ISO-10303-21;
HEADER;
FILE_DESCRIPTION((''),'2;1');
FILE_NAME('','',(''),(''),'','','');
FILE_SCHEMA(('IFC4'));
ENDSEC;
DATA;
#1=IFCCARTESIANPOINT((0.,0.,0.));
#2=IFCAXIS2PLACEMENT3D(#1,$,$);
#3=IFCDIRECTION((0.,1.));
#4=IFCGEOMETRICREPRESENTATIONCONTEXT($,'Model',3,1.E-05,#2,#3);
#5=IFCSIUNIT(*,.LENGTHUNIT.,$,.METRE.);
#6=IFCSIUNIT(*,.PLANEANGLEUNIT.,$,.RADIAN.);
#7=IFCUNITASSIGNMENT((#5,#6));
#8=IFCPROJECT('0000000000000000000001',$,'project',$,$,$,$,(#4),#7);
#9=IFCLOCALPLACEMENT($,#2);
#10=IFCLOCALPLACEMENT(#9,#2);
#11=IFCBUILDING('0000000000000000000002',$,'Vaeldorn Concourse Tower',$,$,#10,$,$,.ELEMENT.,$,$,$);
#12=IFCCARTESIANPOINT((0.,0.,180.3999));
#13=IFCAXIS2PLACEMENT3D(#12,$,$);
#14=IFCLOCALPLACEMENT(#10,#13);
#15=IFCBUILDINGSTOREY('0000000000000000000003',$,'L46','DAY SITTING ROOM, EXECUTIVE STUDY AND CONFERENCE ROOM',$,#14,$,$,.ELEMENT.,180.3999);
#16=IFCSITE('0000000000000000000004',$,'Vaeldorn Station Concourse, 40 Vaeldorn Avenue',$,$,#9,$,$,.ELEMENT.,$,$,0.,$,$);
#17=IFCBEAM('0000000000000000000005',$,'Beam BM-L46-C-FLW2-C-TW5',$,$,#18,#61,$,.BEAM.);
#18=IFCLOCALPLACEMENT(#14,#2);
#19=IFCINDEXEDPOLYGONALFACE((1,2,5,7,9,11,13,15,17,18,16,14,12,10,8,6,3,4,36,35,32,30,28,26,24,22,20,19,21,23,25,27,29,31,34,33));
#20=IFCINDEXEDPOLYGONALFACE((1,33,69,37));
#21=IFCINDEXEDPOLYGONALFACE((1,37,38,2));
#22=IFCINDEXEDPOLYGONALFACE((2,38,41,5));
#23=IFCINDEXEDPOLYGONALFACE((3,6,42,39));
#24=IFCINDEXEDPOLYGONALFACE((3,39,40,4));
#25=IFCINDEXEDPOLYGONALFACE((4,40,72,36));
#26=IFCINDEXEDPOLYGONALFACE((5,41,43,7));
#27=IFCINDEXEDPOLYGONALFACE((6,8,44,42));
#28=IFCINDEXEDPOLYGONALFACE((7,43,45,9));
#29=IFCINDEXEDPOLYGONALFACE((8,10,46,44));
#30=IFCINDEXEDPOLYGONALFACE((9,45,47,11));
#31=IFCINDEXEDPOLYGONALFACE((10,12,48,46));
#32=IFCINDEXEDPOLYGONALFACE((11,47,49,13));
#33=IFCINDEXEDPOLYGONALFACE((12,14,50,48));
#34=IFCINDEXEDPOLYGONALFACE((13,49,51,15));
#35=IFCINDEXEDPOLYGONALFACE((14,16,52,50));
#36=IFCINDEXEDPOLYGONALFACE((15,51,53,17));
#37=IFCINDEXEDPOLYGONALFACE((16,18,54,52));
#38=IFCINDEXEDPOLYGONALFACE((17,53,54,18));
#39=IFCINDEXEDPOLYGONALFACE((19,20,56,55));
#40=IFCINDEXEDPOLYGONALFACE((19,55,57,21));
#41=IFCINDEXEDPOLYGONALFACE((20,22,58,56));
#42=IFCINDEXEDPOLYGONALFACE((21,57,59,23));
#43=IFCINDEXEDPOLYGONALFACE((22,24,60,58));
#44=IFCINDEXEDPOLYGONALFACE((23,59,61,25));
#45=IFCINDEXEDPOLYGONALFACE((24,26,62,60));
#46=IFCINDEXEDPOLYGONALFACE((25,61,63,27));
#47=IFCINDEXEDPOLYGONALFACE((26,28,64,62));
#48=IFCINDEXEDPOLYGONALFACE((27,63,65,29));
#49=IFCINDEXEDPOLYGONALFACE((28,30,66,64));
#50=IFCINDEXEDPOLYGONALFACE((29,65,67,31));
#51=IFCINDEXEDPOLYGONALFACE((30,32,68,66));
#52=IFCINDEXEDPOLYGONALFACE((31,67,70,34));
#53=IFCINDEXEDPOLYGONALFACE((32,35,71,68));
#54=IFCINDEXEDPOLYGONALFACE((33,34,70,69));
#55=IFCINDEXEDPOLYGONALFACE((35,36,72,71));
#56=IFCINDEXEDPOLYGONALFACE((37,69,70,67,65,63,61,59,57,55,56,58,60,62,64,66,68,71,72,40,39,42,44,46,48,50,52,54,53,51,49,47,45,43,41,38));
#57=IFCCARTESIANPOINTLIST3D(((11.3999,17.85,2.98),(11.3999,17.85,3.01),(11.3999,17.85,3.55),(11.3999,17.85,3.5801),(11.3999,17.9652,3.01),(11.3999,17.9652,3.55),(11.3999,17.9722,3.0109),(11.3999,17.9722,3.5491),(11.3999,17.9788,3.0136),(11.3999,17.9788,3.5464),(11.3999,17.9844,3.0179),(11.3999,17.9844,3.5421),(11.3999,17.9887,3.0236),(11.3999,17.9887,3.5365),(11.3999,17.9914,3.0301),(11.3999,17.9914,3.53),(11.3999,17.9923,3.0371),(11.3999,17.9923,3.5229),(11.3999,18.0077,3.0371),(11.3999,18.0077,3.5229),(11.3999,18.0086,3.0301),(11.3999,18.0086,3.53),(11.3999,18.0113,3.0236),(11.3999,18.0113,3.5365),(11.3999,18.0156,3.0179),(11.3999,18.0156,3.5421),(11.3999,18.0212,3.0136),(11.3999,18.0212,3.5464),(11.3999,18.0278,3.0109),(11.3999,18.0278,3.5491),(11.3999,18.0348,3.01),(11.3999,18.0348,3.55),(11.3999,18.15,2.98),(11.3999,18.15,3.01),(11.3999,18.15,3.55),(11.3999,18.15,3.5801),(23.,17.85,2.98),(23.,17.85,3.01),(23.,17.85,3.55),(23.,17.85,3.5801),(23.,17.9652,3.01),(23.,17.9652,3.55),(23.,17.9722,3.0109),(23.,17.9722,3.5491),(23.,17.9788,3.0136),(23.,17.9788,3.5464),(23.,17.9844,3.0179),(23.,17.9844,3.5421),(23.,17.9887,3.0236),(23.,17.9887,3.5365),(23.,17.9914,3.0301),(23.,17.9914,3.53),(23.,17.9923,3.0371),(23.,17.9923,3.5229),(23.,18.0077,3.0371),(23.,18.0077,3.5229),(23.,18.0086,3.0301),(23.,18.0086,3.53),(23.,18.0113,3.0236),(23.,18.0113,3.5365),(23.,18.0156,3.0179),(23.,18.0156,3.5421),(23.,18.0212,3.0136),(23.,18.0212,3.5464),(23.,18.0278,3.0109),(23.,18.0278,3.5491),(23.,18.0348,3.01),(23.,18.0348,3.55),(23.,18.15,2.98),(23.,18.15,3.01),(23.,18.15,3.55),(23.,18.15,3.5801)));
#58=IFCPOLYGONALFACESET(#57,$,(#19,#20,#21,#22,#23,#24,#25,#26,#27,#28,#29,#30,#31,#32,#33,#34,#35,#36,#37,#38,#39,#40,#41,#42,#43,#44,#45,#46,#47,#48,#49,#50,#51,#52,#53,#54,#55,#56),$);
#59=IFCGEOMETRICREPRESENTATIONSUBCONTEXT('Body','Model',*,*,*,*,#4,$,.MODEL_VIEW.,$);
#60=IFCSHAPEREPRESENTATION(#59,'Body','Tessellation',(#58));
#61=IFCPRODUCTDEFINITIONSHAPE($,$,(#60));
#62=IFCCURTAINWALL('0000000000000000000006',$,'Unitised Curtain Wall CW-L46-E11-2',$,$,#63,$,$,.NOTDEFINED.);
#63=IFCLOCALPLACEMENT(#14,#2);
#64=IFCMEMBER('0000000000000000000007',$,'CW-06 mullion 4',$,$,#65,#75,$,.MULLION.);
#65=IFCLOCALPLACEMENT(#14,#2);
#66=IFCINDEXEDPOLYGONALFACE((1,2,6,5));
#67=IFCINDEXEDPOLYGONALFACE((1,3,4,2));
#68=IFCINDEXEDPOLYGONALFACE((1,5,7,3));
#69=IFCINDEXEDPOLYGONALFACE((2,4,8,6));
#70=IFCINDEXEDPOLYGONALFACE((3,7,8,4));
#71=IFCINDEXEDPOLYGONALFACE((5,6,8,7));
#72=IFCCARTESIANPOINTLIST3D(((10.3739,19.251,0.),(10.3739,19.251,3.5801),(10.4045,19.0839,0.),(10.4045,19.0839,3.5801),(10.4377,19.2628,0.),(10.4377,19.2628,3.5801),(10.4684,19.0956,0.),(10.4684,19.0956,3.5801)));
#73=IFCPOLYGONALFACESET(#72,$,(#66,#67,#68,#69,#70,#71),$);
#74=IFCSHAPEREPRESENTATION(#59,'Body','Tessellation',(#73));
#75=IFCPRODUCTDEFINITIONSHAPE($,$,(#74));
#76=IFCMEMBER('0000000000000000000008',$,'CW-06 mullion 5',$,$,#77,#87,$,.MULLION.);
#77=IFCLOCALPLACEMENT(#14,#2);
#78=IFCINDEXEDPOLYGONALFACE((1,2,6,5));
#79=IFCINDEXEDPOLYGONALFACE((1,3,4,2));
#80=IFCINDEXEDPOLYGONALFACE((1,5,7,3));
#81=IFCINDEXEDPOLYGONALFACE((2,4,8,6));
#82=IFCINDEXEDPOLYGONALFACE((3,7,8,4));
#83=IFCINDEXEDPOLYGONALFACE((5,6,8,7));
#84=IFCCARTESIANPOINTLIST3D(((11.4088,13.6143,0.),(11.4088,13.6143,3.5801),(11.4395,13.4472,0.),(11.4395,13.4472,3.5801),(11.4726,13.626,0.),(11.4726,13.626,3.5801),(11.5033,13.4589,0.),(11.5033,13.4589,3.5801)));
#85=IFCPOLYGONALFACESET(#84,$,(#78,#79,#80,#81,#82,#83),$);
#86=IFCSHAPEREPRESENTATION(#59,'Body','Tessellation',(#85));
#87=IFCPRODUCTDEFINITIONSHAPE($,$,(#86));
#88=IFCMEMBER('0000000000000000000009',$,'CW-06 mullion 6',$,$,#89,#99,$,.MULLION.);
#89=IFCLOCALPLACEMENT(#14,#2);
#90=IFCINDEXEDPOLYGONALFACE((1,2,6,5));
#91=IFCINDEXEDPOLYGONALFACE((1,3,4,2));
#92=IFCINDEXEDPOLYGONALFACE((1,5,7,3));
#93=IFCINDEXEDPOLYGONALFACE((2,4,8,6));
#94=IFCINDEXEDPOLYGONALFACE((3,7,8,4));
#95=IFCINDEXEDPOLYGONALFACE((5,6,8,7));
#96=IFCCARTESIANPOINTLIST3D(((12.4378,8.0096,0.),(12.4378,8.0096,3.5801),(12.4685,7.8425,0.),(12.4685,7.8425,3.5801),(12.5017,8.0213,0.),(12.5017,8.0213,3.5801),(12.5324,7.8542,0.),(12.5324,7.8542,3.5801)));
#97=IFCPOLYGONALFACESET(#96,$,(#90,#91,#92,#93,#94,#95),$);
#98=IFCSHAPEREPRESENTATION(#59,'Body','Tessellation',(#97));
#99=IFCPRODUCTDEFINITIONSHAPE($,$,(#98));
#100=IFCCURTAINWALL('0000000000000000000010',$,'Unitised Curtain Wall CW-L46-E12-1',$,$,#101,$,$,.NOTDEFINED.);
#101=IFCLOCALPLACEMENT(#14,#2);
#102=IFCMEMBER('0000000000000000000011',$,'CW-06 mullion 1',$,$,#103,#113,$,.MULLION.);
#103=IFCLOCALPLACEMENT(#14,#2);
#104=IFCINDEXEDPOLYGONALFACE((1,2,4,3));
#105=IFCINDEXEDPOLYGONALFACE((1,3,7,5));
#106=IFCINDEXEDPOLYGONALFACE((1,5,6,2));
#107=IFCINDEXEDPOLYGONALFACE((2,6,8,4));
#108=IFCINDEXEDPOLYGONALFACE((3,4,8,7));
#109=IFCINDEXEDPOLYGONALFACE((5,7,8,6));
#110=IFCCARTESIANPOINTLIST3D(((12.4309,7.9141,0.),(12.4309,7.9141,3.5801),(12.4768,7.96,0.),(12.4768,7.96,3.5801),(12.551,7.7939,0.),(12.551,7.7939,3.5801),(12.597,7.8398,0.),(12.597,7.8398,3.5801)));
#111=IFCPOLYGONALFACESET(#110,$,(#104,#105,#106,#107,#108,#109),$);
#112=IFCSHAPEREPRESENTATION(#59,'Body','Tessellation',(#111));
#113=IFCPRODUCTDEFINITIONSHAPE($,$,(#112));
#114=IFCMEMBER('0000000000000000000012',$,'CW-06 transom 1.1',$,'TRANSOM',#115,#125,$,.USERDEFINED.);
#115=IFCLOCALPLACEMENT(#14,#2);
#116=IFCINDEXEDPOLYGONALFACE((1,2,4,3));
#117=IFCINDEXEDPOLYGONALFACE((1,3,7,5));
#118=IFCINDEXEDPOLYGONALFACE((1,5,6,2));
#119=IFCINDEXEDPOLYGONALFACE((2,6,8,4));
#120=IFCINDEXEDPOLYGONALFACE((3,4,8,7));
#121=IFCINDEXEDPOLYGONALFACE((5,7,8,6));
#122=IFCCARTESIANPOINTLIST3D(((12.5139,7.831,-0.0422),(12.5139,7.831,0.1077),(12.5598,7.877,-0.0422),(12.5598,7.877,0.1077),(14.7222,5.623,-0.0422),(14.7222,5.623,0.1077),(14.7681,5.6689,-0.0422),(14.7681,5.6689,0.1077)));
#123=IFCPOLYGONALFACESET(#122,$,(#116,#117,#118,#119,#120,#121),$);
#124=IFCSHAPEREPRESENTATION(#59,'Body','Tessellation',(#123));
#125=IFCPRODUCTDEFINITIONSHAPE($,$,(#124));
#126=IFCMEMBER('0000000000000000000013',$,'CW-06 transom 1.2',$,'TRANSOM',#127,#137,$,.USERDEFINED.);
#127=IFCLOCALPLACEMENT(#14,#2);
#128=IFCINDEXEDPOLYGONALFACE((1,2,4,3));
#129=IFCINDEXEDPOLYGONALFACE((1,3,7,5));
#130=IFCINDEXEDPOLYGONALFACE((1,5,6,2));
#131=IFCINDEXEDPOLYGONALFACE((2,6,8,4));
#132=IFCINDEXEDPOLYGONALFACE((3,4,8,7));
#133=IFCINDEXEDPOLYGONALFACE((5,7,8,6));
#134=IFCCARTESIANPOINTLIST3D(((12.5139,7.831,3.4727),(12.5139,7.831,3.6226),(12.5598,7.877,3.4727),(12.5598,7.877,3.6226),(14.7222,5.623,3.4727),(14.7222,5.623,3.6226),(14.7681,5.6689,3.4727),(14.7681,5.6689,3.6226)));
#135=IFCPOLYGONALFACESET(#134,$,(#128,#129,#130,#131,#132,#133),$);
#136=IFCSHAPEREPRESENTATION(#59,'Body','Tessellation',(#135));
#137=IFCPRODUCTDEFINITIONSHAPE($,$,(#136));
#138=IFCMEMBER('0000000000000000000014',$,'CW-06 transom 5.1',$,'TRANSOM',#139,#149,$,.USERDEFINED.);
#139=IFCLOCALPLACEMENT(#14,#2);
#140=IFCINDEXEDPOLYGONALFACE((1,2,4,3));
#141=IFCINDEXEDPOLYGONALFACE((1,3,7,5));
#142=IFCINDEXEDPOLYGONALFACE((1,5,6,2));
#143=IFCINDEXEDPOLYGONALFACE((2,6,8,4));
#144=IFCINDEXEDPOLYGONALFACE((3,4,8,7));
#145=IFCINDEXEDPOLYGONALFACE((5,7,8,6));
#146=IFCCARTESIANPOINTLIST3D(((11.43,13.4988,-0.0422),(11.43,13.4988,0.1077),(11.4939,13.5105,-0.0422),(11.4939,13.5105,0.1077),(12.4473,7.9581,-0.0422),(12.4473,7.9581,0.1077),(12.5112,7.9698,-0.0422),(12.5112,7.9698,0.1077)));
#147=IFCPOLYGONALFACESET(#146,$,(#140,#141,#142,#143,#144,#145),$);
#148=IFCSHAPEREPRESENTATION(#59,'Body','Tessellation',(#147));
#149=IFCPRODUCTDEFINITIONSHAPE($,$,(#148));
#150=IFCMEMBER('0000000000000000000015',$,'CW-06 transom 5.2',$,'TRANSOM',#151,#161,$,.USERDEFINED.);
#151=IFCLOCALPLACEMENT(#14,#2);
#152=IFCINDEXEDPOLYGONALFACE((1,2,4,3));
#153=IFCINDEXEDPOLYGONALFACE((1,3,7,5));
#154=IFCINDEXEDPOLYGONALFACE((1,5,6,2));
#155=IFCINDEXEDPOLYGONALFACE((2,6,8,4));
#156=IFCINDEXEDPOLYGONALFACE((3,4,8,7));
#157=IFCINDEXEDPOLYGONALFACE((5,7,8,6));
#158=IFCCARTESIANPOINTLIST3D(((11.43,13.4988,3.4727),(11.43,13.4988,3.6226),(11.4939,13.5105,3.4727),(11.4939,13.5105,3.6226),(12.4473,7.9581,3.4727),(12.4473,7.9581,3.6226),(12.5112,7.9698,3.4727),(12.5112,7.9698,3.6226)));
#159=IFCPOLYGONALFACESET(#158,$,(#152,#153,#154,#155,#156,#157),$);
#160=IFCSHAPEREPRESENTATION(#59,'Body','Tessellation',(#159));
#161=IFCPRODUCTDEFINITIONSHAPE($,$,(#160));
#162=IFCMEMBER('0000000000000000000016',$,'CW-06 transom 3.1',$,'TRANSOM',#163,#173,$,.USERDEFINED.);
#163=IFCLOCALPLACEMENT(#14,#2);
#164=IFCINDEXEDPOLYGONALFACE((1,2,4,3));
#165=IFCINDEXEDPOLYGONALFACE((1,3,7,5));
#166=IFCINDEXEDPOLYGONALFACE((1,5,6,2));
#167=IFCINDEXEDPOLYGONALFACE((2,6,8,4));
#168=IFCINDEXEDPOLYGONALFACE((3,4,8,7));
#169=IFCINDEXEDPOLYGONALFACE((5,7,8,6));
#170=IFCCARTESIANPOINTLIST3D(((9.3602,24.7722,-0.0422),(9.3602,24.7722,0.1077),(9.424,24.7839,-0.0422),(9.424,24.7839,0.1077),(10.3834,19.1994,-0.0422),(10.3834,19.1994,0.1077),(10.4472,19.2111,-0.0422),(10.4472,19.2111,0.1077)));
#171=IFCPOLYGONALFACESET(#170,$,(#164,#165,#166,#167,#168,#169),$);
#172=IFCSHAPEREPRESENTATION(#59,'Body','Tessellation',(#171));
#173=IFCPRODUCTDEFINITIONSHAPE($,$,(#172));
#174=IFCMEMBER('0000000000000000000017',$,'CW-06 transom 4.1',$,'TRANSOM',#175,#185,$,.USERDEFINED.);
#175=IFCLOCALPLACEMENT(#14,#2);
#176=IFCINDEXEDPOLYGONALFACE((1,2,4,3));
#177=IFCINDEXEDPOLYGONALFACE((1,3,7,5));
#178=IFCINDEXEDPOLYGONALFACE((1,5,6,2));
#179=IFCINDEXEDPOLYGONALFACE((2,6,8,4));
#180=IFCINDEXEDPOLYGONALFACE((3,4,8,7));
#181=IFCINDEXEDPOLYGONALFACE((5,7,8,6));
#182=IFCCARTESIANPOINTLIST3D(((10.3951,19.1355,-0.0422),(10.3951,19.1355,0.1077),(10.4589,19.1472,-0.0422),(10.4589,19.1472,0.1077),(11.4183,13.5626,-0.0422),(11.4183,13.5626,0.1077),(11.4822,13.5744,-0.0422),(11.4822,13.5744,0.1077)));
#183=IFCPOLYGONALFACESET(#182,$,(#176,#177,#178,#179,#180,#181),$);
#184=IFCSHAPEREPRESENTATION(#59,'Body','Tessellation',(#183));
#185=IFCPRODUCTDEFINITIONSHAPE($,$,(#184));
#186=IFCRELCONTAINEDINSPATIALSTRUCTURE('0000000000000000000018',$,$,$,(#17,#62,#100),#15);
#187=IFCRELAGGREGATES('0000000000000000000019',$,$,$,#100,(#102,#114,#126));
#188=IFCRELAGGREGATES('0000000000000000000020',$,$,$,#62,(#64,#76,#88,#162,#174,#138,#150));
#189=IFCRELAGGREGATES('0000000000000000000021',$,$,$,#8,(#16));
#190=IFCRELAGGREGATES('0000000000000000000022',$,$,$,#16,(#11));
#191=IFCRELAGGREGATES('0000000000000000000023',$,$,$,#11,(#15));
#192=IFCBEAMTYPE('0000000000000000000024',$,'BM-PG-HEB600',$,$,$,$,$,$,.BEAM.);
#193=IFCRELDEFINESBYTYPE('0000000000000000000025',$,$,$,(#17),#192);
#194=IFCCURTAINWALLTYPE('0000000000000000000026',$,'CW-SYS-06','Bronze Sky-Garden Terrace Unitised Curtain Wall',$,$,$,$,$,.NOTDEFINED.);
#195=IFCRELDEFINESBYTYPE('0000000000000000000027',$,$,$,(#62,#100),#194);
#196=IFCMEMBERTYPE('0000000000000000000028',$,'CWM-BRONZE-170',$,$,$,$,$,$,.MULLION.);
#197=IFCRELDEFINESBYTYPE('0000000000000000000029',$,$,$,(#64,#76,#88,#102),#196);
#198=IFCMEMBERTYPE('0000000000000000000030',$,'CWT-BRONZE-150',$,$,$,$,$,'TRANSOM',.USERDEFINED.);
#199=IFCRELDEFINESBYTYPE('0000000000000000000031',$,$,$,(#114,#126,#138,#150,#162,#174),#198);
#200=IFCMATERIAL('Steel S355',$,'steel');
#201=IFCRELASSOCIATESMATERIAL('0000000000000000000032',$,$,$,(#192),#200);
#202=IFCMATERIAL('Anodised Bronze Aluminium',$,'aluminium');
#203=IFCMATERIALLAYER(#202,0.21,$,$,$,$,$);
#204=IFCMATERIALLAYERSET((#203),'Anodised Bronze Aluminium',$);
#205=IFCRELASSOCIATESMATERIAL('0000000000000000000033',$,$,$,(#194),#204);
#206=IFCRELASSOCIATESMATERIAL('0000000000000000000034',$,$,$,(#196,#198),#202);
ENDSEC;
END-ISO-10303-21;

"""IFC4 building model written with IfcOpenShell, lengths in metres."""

from ifc_helpers import new_model, si_unit, direction, frame, origin, origin_2d, place, context, subcontext, project, spatial, rectangle, i_section, extrude, source, transform, mapped, material, layer, layer_set, material_profile, profile_set, type_object, element, aggregate, save


model = new_model("IFC4")

# Units and contexts
model_context = context("Model", 3, precision=1e-05, world=origin(), true_north=direction((0.0, 1.0)))
body_context = subcontext(model_context, "Body", "Model", "MODEL_VIEW")
ifc_project = project(units=[si_unit("LENGTHUNIT", "METRE"), si_unit("PLANEANGLEUNIT", "RADIAN")], contexts=[model_context])

# Site, building, storey
site_placement = place(None, origin())
site = spatial("IfcSite", under=ifc_project, at=site_placement, Name="Vaeldorn Station Concourse, 40 Vaeldorn Avenue", CompositionType="ELEMENT", RefElevation=0.0)
building_placement = place(site_placement, origin())
building = spatial("IfcBuilding", under=site, at=building_placement, Name="Vaeldorn Concourse Tower", CompositionType="ELEMENT")
storey_placement = place(building_placement, frame((0.0, 0.0, 180.3999)))
storey = spatial("IfcBuildingStorey", under=building, at=storey_placement, Name="L46", Description="DAY SITTING ROOM, EXECUTIVE STUDY AND CONFERENCE ROOM", CompositionType="ELEMENT", Elevation=180.3999)

# Shared definitions
ifc_material_1 = material(Name="Steel S355", Category="steel")

# Beam
ifc_material_profile_1 = material_profile(ifc_material_1, i_section(OverallWidth=0.3, OverallDepth=0.6001, WebThickness=0.0154, FlangeThickness=0.03, FilletRadius=0.0271, at=origin_2d()), Name="HEB 600")
ifc_profile_set_1 = profile_set([ifc_material_profile_1], Name="Steel S355")
beam_type_1 = type_object("IfcBeamType", Name="BM-PG-HEB600", PredefinedType="BEAM", material=ifc_profile_set_1)
shared_shape_1 = source(origin(), body_context, "Body", "SweptSolid", [
    extrude(i_section(OverallWidth=0.3, OverallDepth=0.6001, WebThickness=0.0154, FlangeThickness=0.03, FilletRadius=0.0271, at=origin_2d()), origin(), (0.0, 0.0, 1.0), 11.6001),
])
beam_1_placement = place(storey_placement, frame((11.3999, 18.0, 3.28), z_axis=(1.0, 0.0, 0.0), x_axis=(0.0, 1.0, 0.0)))
element("IfcBeam", 1, at=beam_1_placement, inside=storey, type_object=beam_type_1, Name="Beam BM-L46-C-FLW2-C-TW5", PredefinedType="BEAM", context=body_context, shape_type="MappedRepresentation", body=[
    mapped(shared_shape_1, transform((0.0, 0.0, 0.0), scale=1.0)),
])

# Curtain walls, members
ifc_material_2 = material(Name="Anodised Bronze Aluminium", Category="aluminium")
ifc_layer_1 = layer(ifc_material_2, 0.21)
ifc_layer_set_1 = layer_set([ifc_layer_1], Name="Anodised Bronze Aluminium")
curtain_wall_type = type_object("IfcCurtainWallType", Name="CW-SYS-06", Description="Bronze Sky-Garden Terrace Unitised Curtain Wall", PredefinedType="NOTDEFINED", material=ifc_layer_set_1)
curtain_wall_1_placement = place(storey_placement, origin())
curtain_wall_1 = element("IfcCurtainWall", 2, at=curtain_wall_1_placement, inside=storey, type_object=curtain_wall_type, Name="Unitised Curtain Wall CW-L46-E11-2", PredefinedType="NOTDEFINED")
ifc_material_profile_2 = material_profile(ifc_material_2, rectangle(XDim=0.0649, YDim=0.1699, at=origin_2d()), Name="CWM 65x170")
ifc_profile_set_2 = profile_set([ifc_material_profile_2], Name="Anodised Bronze Aluminium")
member_type_1 = type_object("IfcMemberType", Name="CWM-BRONZE-170", PredefinedType="MULLION", material=ifc_profile_set_2)
shared_shape_2 = source(origin(), body_context, "Body", "SweptSolid", [
    extrude(rectangle(XDim=0.0649, YDim=0.1699, at=origin_2d()), origin(), (0.0, 0.0, 1.0), 3.5801),
])
member_1_placement = place(storey_placement, frame((10.4211, 19.1733, 0.0), z_axis=(0.0, 0.0, 1.0), x_axis=(0.983559, 0.180585, 0.0)))
member_1 = element("IfcMember", 3, at=member_1_placement, type_object=member_type_1, Name="CW-06 mullion 4", PredefinedType="MULLION", context=body_context, shape_type="MappedRepresentation", body=[
    mapped(shared_shape_2, transform((0.0, 0.0, 0.0), scale=1.0)),
])
member_2_placement = place(storey_placement, frame((11.4561, 13.5366, 0.0), z_axis=(0.0, 0.0, 1.0), x_axis=(0.983559, 0.180585, 0.0)))
member_2 = element("IfcMember", 4, at=member_2_placement, type_object=member_type_1, Name="CW-06 mullion 5", PredefinedType="MULLION", context=body_context, shape_type="MappedRepresentation", body=[
    mapped(shared_shape_2, transform((0.0, 0.0, 0.0), scale=1.0)),
])
member_3_placement = place(storey_placement, frame((12.4851, 7.9319, 0.0), z_axis=(0.0, 0.0, 1.0), x_axis=(0.983559, 0.180585, 0.0)))
member_3 = element("IfcMember", 5, at=member_3_placement, type_object=member_type_1, Name="CW-06 mullion 6", PredefinedType="MULLION", context=body_context, shape_type="MappedRepresentation", body=[
    mapped(shared_shape_2, transform((0.0, 0.0, 0.0), scale=1.0)),
])
curtain_wall_2_placement = place(storey_placement, origin())
curtain_wall_2 = element("IfcCurtainWall", 6, at=curtain_wall_2_placement, inside=storey, type_object=curtain_wall_type, Name="Unitised Curtain Wall CW-L46-E12-1", PredefinedType="NOTDEFINED")
member_4_placement = place(storey_placement, frame((12.5139, 7.877, 0.0), z_axis=(0.0, 0.0, 1.0), x_axis=(0.707107, 0.707107, 0.0)))
member_4 = element("IfcMember", 7, at=member_4_placement, type_object=member_type_1, Name="CW-06 mullion 1", PredefinedType="MULLION", context=body_context, shape_type="MappedRepresentation", body=[
    mapped(shared_shape_2, transform((0.0, 0.0, 0.0), scale=1.0)),
])
ifc_material_profile_3 = material_profile(ifc_material_2, rectangle(XDim=0.0649, YDim=0.1499, at=origin_2d()), Name="CWT 65x150")
ifc_profile_set_3 = profile_set([ifc_material_profile_3], Name="Anodised Bronze Aluminium")
member_type_2 = type_object("IfcMemberType", Name="CWT-BRONZE-150", ElementType="TRANSOM", PredefinedType="USERDEFINED", material=ifc_profile_set_3)
shared_shape_3 = source(origin(), body_context, "Body", "SweptSolid", [
    extrude(rectangle(XDim=0.0649, YDim=0.1499, at=origin_2d()), origin(), (0.0, 0.0, 1.0), 3.1228),
])
member_5_placement = place(storey_placement, frame((12.5369, 7.854, 0.0327), z_axis=(0.707146, -0.707068, 0.0), x_axis=(0.707068, 0.707146, 0.0)))
member_5 = element("IfcMember", 8, at=member_5_placement, type_object=member_type_2, Name="CW-06 transom 1.1", ObjectType="TRANSOM", PredefinedType="USERDEFINED", context=body_context, shape_type="MappedRepresentation", body=[
    mapped(shared_shape_3, transform((0.0, 0.0, 0.0), scale=1.0)),
])
member_6_placement = place(storey_placement, frame((12.5369, 7.854, 3.5476), z_axis=(0.707146, -0.707068, 0.0), x_axis=(0.707068, 0.707146, 0.0)))
member_6 = element("IfcMember", 9, at=member_6_placement, type_object=member_type_2, Name="CW-06 transom 1.2", ObjectType="TRANSOM", PredefinedType="USERDEFINED", context=body_context, shape_type="MappedRepresentation", body=[
    mapped(shared_shape_3, transform((0.0, 0.0, 0.0), scale=1.0)),
])
aggregate(curtain_wall_2, [member_4, member_5, member_6])

# Members
shared_shape_4 = source(origin(), body_context, "Body", "SweptSolid", [
    extrude(rectangle(XDim=0.0649, YDim=0.1499, at=origin_2d()), origin(), (0.0, 0.0, 1.0), 5.6333),
])
member_7_placement = place(storey_placement, frame((11.4619, 13.5046, 0.0327), z_axis=(0.18059, -0.983558, 0.0), x_axis=(0.983558, 0.18059, 0.0)))
member_7 = element("IfcMember", 10, at=member_7_placement, type_object=member_type_2, Name="CW-06 transom 5.1", ObjectType="TRANSOM", PredefinedType="USERDEFINED", context=body_context, shape_type="MappedRepresentation", body=[
    mapped(shared_shape_4, transform((0.0, 0.0, 0.0), scale=1.0)),
])
member_8_placement = place(storey_placement, frame((11.4619, 13.5046, 3.5476), z_axis=(0.18059, -0.983558, 0.0), x_axis=(0.983558, 0.18059, 0.0)))
member_8 = element("IfcMember", 11, at=member_8_placement, type_object=member_type_2, Name="CW-06 transom 5.2", ObjectType="TRANSOM", PredefinedType="USERDEFINED", context=body_context, shape_type="MappedRepresentation", body=[
    mapped(shared_shape_4, transform((0.0, 0.0, 0.0), scale=1.0)),
])
shared_shape_5 = source(origin(), body_context, "Body", "SweptSolid", [
    extrude(rectangle(XDim=0.0649, YDim=0.1499, at=origin_2d()), origin(), (0.0, 0.0, 1.0), 5.666),
])
member_9_placement = place(storey_placement, frame((9.3921, 24.7781, 0.0327), z_axis=(0.180588, -0.983559, 0.0), x_axis=(0.983559, 0.180588, 0.0)))
member_9 = element("IfcMember", 12, at=member_9_placement, type_object=member_type_2, Name="CW-06 transom 3.1", ObjectType="TRANSOM", PredefinedType="USERDEFINED", context=body_context, shape_type="MappedRepresentation", body=[
    mapped(shared_shape_5, transform((0.0, 0.0, 0.0), scale=1.0)),
])
member_10_placement = place(storey_placement, frame((10.427, 19.1414, 0.0327), z_axis=(0.180588, -0.983559, 0.0), x_axis=(0.983559, 0.180588, 0.0)))
member_10 = element("IfcMember", 13, at=member_10_placement, type_object=member_type_2, Name="CW-06 transom 4.1", ObjectType="TRANSOM", PredefinedType="USERDEFINED", context=body_context, shape_type="MappedRepresentation", body=[
    mapped(shared_shape_5, transform((0.0, 0.0, 0.0), scale=1.0)),
])

aggregate(curtain_wall_1, [member_1, member_2, member_3, member_9, member_10, member_7, member_8])

save(model, "model.ifc")
